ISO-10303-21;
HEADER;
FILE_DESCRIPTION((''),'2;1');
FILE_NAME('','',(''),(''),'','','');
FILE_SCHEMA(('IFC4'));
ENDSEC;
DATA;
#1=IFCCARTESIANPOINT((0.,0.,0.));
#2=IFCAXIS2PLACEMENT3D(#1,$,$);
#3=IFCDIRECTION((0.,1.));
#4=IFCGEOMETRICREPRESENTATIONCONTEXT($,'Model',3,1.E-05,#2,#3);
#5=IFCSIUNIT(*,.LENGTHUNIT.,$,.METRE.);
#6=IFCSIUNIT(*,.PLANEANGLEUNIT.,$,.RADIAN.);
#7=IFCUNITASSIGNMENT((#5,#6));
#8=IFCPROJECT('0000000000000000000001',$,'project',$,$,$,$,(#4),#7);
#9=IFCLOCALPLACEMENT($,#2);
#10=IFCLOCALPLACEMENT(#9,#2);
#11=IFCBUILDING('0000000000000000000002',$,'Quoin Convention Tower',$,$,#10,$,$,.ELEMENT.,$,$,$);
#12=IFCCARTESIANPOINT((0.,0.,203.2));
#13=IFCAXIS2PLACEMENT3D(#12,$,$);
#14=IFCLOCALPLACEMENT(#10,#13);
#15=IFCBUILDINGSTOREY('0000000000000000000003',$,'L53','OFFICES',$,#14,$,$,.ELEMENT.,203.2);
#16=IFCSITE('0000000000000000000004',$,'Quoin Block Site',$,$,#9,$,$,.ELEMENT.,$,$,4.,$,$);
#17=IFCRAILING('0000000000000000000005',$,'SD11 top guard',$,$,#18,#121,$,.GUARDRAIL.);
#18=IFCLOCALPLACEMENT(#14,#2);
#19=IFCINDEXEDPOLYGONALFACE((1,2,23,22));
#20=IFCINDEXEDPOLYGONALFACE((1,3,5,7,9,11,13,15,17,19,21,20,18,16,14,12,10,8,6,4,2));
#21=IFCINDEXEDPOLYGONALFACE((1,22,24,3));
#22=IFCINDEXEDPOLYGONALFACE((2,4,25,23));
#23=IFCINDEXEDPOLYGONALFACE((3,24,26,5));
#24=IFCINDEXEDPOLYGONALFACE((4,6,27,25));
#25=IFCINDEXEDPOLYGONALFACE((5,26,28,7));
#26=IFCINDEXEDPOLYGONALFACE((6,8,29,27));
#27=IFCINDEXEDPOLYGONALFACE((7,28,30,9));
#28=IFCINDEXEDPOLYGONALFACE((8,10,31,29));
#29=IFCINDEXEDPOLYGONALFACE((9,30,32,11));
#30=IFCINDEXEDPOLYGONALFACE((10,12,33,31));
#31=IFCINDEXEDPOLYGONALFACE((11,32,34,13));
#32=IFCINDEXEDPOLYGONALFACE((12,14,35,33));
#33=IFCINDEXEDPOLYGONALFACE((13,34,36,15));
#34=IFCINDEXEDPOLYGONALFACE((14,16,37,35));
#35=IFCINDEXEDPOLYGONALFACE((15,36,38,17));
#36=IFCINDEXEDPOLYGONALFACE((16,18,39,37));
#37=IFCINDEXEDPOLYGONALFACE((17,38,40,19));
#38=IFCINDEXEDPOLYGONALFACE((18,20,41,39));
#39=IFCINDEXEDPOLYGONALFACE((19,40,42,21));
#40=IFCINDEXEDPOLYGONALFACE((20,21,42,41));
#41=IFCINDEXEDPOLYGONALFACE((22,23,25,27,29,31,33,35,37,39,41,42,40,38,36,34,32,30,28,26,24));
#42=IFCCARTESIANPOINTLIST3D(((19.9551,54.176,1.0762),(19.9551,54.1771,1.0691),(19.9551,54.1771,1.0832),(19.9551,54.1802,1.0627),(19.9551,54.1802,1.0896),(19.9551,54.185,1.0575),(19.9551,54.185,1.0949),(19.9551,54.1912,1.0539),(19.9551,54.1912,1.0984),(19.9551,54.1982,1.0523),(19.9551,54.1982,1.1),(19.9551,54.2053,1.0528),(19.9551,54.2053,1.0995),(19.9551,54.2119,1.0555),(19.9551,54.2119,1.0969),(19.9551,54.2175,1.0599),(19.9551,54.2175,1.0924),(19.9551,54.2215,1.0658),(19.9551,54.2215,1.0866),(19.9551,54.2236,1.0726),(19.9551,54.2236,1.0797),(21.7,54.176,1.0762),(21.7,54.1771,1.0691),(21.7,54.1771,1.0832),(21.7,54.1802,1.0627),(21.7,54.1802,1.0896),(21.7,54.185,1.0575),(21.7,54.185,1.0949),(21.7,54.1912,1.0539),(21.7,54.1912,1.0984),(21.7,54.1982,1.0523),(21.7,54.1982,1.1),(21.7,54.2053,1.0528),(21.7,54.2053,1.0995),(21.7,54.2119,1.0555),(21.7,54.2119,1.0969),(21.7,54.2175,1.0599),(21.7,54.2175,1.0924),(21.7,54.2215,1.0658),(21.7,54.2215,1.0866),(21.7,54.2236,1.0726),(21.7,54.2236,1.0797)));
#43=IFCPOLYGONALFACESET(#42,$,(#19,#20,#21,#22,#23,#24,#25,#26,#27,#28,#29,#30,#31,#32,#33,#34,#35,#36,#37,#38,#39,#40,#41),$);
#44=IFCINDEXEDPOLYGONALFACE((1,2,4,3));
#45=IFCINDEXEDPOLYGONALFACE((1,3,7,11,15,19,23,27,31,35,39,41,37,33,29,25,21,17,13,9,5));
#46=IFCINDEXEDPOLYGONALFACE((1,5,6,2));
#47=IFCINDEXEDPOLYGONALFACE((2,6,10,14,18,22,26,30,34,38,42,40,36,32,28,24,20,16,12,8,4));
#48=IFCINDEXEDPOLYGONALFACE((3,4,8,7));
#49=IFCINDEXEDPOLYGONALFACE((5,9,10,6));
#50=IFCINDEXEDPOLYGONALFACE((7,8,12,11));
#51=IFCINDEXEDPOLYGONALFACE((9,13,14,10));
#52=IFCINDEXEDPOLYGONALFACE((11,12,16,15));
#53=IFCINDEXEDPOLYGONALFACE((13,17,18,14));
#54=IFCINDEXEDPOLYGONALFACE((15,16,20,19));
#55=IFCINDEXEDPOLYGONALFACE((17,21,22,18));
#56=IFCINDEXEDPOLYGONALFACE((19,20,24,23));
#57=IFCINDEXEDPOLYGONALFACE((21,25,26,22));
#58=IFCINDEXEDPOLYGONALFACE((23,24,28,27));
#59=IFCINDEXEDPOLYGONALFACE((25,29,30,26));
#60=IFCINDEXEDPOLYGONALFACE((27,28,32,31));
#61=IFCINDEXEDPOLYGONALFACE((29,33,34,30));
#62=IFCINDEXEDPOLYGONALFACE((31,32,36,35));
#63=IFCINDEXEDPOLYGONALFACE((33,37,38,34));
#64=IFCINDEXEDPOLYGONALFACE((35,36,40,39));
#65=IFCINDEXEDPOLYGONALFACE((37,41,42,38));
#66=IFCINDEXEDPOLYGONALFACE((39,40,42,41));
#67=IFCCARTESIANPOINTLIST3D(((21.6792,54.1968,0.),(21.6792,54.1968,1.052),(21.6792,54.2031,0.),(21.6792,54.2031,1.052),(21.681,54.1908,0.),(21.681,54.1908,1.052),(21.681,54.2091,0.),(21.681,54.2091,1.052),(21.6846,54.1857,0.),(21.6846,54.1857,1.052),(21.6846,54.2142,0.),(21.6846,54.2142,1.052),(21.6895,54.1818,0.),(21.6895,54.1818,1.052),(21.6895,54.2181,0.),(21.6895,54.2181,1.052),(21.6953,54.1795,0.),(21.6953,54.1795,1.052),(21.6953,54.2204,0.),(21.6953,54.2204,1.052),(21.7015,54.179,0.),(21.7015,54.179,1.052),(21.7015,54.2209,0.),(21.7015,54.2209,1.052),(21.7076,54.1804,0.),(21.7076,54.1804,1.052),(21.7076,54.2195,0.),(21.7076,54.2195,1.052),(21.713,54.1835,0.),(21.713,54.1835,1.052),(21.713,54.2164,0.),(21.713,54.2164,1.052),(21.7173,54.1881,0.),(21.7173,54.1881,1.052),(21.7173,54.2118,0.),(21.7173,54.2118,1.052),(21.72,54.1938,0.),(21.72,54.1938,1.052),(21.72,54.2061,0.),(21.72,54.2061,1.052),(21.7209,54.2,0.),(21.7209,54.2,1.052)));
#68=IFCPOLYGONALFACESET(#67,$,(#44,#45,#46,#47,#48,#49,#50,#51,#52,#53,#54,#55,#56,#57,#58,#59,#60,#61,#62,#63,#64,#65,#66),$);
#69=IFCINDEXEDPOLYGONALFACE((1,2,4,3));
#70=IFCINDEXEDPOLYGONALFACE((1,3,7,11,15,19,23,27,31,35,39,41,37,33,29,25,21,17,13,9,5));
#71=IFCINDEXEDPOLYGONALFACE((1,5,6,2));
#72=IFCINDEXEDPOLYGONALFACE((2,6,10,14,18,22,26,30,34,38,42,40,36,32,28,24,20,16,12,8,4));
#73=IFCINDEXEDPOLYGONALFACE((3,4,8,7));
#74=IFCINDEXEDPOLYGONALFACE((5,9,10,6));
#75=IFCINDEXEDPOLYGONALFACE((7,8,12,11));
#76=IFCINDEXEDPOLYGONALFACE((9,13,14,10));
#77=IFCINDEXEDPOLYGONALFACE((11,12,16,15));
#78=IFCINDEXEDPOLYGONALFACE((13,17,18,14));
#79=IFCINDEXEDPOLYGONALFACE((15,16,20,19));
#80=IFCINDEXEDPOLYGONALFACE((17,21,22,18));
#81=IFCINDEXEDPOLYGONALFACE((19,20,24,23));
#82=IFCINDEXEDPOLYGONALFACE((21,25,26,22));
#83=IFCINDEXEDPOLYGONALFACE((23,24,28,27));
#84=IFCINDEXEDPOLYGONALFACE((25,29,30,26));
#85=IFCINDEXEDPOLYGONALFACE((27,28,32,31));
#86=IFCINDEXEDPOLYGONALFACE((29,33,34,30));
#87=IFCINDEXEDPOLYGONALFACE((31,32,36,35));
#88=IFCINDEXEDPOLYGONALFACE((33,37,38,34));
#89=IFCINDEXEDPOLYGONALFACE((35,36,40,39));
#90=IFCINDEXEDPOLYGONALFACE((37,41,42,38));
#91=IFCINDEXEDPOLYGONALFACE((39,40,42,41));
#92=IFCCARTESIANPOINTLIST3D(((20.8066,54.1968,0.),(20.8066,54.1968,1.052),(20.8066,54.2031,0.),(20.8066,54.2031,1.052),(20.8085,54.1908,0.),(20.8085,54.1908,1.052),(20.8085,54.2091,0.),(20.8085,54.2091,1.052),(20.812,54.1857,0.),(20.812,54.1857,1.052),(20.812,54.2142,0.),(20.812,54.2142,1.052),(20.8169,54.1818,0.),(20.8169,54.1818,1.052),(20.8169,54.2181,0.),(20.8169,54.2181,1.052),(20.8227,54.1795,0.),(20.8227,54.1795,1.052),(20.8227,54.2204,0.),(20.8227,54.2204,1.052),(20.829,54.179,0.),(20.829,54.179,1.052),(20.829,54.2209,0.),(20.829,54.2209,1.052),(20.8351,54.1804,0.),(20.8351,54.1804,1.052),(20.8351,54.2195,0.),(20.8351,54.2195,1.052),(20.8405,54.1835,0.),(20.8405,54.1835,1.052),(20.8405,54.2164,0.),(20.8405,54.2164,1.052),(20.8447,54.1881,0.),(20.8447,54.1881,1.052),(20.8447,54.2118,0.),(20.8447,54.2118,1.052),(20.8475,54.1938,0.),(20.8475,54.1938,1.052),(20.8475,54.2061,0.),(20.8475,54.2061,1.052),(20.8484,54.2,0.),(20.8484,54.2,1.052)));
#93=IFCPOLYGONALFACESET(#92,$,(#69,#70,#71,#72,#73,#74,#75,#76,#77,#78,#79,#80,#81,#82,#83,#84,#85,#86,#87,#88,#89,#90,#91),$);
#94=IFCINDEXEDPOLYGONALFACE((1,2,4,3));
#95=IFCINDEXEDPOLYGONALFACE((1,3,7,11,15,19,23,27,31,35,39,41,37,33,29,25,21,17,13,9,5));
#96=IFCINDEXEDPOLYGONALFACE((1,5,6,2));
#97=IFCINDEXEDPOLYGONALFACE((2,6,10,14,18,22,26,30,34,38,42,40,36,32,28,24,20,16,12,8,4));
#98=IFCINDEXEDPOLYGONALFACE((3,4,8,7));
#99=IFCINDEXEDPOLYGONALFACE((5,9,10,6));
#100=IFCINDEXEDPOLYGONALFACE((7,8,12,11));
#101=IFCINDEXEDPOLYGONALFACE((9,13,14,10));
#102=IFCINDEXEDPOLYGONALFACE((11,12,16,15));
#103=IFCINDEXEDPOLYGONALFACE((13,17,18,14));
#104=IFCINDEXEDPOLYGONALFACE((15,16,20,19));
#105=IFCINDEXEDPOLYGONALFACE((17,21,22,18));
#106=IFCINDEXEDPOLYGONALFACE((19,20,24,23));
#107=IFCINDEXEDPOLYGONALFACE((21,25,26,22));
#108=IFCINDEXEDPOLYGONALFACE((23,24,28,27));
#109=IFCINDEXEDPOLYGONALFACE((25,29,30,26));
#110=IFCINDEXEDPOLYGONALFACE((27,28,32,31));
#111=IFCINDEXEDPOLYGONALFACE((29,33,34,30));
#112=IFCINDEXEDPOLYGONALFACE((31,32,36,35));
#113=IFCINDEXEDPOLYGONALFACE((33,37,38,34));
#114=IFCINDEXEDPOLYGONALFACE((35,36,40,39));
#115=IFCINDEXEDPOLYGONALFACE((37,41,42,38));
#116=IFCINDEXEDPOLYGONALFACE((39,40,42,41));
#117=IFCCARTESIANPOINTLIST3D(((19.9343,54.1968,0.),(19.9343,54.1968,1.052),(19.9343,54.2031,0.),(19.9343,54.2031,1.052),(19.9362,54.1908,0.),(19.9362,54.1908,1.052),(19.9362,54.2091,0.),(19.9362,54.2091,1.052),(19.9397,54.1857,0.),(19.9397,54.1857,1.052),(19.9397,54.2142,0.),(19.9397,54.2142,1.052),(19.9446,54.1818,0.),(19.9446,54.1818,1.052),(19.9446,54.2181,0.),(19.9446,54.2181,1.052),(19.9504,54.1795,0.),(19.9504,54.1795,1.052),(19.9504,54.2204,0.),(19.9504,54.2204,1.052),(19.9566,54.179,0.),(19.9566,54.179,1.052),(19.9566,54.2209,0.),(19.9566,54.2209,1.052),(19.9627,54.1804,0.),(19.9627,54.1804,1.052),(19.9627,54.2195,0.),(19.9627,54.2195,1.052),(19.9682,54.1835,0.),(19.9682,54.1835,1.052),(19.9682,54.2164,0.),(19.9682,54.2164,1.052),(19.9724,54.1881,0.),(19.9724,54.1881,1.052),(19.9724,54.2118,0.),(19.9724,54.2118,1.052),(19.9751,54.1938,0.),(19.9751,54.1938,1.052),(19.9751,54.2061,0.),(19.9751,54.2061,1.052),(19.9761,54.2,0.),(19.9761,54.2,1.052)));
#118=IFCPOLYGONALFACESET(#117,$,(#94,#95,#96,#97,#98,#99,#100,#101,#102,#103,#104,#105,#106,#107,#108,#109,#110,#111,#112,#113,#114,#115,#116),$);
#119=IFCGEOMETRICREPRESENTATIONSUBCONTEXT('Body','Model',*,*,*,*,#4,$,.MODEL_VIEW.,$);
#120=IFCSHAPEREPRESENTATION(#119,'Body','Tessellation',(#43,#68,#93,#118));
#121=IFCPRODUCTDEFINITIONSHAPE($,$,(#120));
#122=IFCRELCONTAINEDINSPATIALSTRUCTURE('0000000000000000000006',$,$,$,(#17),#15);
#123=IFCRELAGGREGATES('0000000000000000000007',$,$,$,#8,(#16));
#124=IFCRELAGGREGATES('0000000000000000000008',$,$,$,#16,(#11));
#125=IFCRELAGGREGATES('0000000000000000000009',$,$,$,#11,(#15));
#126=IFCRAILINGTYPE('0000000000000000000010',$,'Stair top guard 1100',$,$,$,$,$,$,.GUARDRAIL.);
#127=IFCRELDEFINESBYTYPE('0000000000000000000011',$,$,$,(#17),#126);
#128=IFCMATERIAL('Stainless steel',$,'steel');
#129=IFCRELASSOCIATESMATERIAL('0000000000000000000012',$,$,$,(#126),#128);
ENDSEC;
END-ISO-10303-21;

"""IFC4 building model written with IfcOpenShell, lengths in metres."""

from ifc_helpers import new_model, si_unit, direction, frame, origin, origin_2d, place, context, subcontext, project, spatial, circle, extrude, material, type_object, element, save


model = new_model("IFC4")

# Units and contexts
model_context = context("Model", 3, precision=1e-05, world=origin(), true_north=direction((0.0, 1.0)))
body_context = subcontext(model_context, "Body", "Model", "MODEL_VIEW")
ifc_project = project(units=[si_unit("LENGTHUNIT", "METRE"), si_unit("PLANEANGLEUNIT", "RADIAN")], contexts=[model_context])

# Site, building, storey
site_placement = place(None, origin())
site = spatial("IfcSite", under=ifc_project, at=site_placement, Name="Quoin Block Site", CompositionType="ELEMENT", RefElevation=4.0)
building_placement = place(site_placement, origin())
building = spatial("IfcBuilding", under=site, at=building_placement, Name="Quoin Convention Tower", CompositionType="ELEMENT")
storey_placement = place(building_placement, frame((0.0, 0.0, 203.2)))
storey = spatial("IfcBuildingStorey", under=building, at=storey_placement, Name="L53", Description="OFFICES", CompositionType="ELEMENT", Elevation=203.2)

# Railing
ifc_material_1 = material(Name="Stainless steel", Category="steel")
railing_type_1 = type_object("IfcRailingType", Name="Stair top guard 1100", PredefinedType="GUARDRAIL", material=ifc_material_1)
railing_1_placement = place(storey_placement, frame((21.7, 54.2, 0.0)))
element("IfcRailing", 1, at=railing_1_placement, inside=storey, type_object=railing_type_1, Name="SD11 top guard", PredefinedType="GUARDRAIL", context=body_context, shape_type="SweptSolid", body=[
    extrude(circle(Radius=0.0239, at=origin_2d()), frame((0.0, 0.0, 1.0762), z_axis=(-1.0, 0.0, 0.0), x_axis=(0.0, -1.0, 0.0)), (0.0, 0.0, 1.0), 1.7449),
    extrude(circle(Radius=0.021, at=origin_2d()), origin(), (0.0, 0.0, 1.0), 1.052),
    extrude(circle(Radius=0.021, at=origin_2d()), frame((-0.8726, 0.0, 0.0)), (0.0, 0.0, 1.0), 1.052),
    extrude(circle(Radius=0.021, at=origin_2d()), frame((-1.7449, 0.0, 0.0)), (0.0, 0.0, 1.0), 1.052),
])

save(model, "model.ifc")
